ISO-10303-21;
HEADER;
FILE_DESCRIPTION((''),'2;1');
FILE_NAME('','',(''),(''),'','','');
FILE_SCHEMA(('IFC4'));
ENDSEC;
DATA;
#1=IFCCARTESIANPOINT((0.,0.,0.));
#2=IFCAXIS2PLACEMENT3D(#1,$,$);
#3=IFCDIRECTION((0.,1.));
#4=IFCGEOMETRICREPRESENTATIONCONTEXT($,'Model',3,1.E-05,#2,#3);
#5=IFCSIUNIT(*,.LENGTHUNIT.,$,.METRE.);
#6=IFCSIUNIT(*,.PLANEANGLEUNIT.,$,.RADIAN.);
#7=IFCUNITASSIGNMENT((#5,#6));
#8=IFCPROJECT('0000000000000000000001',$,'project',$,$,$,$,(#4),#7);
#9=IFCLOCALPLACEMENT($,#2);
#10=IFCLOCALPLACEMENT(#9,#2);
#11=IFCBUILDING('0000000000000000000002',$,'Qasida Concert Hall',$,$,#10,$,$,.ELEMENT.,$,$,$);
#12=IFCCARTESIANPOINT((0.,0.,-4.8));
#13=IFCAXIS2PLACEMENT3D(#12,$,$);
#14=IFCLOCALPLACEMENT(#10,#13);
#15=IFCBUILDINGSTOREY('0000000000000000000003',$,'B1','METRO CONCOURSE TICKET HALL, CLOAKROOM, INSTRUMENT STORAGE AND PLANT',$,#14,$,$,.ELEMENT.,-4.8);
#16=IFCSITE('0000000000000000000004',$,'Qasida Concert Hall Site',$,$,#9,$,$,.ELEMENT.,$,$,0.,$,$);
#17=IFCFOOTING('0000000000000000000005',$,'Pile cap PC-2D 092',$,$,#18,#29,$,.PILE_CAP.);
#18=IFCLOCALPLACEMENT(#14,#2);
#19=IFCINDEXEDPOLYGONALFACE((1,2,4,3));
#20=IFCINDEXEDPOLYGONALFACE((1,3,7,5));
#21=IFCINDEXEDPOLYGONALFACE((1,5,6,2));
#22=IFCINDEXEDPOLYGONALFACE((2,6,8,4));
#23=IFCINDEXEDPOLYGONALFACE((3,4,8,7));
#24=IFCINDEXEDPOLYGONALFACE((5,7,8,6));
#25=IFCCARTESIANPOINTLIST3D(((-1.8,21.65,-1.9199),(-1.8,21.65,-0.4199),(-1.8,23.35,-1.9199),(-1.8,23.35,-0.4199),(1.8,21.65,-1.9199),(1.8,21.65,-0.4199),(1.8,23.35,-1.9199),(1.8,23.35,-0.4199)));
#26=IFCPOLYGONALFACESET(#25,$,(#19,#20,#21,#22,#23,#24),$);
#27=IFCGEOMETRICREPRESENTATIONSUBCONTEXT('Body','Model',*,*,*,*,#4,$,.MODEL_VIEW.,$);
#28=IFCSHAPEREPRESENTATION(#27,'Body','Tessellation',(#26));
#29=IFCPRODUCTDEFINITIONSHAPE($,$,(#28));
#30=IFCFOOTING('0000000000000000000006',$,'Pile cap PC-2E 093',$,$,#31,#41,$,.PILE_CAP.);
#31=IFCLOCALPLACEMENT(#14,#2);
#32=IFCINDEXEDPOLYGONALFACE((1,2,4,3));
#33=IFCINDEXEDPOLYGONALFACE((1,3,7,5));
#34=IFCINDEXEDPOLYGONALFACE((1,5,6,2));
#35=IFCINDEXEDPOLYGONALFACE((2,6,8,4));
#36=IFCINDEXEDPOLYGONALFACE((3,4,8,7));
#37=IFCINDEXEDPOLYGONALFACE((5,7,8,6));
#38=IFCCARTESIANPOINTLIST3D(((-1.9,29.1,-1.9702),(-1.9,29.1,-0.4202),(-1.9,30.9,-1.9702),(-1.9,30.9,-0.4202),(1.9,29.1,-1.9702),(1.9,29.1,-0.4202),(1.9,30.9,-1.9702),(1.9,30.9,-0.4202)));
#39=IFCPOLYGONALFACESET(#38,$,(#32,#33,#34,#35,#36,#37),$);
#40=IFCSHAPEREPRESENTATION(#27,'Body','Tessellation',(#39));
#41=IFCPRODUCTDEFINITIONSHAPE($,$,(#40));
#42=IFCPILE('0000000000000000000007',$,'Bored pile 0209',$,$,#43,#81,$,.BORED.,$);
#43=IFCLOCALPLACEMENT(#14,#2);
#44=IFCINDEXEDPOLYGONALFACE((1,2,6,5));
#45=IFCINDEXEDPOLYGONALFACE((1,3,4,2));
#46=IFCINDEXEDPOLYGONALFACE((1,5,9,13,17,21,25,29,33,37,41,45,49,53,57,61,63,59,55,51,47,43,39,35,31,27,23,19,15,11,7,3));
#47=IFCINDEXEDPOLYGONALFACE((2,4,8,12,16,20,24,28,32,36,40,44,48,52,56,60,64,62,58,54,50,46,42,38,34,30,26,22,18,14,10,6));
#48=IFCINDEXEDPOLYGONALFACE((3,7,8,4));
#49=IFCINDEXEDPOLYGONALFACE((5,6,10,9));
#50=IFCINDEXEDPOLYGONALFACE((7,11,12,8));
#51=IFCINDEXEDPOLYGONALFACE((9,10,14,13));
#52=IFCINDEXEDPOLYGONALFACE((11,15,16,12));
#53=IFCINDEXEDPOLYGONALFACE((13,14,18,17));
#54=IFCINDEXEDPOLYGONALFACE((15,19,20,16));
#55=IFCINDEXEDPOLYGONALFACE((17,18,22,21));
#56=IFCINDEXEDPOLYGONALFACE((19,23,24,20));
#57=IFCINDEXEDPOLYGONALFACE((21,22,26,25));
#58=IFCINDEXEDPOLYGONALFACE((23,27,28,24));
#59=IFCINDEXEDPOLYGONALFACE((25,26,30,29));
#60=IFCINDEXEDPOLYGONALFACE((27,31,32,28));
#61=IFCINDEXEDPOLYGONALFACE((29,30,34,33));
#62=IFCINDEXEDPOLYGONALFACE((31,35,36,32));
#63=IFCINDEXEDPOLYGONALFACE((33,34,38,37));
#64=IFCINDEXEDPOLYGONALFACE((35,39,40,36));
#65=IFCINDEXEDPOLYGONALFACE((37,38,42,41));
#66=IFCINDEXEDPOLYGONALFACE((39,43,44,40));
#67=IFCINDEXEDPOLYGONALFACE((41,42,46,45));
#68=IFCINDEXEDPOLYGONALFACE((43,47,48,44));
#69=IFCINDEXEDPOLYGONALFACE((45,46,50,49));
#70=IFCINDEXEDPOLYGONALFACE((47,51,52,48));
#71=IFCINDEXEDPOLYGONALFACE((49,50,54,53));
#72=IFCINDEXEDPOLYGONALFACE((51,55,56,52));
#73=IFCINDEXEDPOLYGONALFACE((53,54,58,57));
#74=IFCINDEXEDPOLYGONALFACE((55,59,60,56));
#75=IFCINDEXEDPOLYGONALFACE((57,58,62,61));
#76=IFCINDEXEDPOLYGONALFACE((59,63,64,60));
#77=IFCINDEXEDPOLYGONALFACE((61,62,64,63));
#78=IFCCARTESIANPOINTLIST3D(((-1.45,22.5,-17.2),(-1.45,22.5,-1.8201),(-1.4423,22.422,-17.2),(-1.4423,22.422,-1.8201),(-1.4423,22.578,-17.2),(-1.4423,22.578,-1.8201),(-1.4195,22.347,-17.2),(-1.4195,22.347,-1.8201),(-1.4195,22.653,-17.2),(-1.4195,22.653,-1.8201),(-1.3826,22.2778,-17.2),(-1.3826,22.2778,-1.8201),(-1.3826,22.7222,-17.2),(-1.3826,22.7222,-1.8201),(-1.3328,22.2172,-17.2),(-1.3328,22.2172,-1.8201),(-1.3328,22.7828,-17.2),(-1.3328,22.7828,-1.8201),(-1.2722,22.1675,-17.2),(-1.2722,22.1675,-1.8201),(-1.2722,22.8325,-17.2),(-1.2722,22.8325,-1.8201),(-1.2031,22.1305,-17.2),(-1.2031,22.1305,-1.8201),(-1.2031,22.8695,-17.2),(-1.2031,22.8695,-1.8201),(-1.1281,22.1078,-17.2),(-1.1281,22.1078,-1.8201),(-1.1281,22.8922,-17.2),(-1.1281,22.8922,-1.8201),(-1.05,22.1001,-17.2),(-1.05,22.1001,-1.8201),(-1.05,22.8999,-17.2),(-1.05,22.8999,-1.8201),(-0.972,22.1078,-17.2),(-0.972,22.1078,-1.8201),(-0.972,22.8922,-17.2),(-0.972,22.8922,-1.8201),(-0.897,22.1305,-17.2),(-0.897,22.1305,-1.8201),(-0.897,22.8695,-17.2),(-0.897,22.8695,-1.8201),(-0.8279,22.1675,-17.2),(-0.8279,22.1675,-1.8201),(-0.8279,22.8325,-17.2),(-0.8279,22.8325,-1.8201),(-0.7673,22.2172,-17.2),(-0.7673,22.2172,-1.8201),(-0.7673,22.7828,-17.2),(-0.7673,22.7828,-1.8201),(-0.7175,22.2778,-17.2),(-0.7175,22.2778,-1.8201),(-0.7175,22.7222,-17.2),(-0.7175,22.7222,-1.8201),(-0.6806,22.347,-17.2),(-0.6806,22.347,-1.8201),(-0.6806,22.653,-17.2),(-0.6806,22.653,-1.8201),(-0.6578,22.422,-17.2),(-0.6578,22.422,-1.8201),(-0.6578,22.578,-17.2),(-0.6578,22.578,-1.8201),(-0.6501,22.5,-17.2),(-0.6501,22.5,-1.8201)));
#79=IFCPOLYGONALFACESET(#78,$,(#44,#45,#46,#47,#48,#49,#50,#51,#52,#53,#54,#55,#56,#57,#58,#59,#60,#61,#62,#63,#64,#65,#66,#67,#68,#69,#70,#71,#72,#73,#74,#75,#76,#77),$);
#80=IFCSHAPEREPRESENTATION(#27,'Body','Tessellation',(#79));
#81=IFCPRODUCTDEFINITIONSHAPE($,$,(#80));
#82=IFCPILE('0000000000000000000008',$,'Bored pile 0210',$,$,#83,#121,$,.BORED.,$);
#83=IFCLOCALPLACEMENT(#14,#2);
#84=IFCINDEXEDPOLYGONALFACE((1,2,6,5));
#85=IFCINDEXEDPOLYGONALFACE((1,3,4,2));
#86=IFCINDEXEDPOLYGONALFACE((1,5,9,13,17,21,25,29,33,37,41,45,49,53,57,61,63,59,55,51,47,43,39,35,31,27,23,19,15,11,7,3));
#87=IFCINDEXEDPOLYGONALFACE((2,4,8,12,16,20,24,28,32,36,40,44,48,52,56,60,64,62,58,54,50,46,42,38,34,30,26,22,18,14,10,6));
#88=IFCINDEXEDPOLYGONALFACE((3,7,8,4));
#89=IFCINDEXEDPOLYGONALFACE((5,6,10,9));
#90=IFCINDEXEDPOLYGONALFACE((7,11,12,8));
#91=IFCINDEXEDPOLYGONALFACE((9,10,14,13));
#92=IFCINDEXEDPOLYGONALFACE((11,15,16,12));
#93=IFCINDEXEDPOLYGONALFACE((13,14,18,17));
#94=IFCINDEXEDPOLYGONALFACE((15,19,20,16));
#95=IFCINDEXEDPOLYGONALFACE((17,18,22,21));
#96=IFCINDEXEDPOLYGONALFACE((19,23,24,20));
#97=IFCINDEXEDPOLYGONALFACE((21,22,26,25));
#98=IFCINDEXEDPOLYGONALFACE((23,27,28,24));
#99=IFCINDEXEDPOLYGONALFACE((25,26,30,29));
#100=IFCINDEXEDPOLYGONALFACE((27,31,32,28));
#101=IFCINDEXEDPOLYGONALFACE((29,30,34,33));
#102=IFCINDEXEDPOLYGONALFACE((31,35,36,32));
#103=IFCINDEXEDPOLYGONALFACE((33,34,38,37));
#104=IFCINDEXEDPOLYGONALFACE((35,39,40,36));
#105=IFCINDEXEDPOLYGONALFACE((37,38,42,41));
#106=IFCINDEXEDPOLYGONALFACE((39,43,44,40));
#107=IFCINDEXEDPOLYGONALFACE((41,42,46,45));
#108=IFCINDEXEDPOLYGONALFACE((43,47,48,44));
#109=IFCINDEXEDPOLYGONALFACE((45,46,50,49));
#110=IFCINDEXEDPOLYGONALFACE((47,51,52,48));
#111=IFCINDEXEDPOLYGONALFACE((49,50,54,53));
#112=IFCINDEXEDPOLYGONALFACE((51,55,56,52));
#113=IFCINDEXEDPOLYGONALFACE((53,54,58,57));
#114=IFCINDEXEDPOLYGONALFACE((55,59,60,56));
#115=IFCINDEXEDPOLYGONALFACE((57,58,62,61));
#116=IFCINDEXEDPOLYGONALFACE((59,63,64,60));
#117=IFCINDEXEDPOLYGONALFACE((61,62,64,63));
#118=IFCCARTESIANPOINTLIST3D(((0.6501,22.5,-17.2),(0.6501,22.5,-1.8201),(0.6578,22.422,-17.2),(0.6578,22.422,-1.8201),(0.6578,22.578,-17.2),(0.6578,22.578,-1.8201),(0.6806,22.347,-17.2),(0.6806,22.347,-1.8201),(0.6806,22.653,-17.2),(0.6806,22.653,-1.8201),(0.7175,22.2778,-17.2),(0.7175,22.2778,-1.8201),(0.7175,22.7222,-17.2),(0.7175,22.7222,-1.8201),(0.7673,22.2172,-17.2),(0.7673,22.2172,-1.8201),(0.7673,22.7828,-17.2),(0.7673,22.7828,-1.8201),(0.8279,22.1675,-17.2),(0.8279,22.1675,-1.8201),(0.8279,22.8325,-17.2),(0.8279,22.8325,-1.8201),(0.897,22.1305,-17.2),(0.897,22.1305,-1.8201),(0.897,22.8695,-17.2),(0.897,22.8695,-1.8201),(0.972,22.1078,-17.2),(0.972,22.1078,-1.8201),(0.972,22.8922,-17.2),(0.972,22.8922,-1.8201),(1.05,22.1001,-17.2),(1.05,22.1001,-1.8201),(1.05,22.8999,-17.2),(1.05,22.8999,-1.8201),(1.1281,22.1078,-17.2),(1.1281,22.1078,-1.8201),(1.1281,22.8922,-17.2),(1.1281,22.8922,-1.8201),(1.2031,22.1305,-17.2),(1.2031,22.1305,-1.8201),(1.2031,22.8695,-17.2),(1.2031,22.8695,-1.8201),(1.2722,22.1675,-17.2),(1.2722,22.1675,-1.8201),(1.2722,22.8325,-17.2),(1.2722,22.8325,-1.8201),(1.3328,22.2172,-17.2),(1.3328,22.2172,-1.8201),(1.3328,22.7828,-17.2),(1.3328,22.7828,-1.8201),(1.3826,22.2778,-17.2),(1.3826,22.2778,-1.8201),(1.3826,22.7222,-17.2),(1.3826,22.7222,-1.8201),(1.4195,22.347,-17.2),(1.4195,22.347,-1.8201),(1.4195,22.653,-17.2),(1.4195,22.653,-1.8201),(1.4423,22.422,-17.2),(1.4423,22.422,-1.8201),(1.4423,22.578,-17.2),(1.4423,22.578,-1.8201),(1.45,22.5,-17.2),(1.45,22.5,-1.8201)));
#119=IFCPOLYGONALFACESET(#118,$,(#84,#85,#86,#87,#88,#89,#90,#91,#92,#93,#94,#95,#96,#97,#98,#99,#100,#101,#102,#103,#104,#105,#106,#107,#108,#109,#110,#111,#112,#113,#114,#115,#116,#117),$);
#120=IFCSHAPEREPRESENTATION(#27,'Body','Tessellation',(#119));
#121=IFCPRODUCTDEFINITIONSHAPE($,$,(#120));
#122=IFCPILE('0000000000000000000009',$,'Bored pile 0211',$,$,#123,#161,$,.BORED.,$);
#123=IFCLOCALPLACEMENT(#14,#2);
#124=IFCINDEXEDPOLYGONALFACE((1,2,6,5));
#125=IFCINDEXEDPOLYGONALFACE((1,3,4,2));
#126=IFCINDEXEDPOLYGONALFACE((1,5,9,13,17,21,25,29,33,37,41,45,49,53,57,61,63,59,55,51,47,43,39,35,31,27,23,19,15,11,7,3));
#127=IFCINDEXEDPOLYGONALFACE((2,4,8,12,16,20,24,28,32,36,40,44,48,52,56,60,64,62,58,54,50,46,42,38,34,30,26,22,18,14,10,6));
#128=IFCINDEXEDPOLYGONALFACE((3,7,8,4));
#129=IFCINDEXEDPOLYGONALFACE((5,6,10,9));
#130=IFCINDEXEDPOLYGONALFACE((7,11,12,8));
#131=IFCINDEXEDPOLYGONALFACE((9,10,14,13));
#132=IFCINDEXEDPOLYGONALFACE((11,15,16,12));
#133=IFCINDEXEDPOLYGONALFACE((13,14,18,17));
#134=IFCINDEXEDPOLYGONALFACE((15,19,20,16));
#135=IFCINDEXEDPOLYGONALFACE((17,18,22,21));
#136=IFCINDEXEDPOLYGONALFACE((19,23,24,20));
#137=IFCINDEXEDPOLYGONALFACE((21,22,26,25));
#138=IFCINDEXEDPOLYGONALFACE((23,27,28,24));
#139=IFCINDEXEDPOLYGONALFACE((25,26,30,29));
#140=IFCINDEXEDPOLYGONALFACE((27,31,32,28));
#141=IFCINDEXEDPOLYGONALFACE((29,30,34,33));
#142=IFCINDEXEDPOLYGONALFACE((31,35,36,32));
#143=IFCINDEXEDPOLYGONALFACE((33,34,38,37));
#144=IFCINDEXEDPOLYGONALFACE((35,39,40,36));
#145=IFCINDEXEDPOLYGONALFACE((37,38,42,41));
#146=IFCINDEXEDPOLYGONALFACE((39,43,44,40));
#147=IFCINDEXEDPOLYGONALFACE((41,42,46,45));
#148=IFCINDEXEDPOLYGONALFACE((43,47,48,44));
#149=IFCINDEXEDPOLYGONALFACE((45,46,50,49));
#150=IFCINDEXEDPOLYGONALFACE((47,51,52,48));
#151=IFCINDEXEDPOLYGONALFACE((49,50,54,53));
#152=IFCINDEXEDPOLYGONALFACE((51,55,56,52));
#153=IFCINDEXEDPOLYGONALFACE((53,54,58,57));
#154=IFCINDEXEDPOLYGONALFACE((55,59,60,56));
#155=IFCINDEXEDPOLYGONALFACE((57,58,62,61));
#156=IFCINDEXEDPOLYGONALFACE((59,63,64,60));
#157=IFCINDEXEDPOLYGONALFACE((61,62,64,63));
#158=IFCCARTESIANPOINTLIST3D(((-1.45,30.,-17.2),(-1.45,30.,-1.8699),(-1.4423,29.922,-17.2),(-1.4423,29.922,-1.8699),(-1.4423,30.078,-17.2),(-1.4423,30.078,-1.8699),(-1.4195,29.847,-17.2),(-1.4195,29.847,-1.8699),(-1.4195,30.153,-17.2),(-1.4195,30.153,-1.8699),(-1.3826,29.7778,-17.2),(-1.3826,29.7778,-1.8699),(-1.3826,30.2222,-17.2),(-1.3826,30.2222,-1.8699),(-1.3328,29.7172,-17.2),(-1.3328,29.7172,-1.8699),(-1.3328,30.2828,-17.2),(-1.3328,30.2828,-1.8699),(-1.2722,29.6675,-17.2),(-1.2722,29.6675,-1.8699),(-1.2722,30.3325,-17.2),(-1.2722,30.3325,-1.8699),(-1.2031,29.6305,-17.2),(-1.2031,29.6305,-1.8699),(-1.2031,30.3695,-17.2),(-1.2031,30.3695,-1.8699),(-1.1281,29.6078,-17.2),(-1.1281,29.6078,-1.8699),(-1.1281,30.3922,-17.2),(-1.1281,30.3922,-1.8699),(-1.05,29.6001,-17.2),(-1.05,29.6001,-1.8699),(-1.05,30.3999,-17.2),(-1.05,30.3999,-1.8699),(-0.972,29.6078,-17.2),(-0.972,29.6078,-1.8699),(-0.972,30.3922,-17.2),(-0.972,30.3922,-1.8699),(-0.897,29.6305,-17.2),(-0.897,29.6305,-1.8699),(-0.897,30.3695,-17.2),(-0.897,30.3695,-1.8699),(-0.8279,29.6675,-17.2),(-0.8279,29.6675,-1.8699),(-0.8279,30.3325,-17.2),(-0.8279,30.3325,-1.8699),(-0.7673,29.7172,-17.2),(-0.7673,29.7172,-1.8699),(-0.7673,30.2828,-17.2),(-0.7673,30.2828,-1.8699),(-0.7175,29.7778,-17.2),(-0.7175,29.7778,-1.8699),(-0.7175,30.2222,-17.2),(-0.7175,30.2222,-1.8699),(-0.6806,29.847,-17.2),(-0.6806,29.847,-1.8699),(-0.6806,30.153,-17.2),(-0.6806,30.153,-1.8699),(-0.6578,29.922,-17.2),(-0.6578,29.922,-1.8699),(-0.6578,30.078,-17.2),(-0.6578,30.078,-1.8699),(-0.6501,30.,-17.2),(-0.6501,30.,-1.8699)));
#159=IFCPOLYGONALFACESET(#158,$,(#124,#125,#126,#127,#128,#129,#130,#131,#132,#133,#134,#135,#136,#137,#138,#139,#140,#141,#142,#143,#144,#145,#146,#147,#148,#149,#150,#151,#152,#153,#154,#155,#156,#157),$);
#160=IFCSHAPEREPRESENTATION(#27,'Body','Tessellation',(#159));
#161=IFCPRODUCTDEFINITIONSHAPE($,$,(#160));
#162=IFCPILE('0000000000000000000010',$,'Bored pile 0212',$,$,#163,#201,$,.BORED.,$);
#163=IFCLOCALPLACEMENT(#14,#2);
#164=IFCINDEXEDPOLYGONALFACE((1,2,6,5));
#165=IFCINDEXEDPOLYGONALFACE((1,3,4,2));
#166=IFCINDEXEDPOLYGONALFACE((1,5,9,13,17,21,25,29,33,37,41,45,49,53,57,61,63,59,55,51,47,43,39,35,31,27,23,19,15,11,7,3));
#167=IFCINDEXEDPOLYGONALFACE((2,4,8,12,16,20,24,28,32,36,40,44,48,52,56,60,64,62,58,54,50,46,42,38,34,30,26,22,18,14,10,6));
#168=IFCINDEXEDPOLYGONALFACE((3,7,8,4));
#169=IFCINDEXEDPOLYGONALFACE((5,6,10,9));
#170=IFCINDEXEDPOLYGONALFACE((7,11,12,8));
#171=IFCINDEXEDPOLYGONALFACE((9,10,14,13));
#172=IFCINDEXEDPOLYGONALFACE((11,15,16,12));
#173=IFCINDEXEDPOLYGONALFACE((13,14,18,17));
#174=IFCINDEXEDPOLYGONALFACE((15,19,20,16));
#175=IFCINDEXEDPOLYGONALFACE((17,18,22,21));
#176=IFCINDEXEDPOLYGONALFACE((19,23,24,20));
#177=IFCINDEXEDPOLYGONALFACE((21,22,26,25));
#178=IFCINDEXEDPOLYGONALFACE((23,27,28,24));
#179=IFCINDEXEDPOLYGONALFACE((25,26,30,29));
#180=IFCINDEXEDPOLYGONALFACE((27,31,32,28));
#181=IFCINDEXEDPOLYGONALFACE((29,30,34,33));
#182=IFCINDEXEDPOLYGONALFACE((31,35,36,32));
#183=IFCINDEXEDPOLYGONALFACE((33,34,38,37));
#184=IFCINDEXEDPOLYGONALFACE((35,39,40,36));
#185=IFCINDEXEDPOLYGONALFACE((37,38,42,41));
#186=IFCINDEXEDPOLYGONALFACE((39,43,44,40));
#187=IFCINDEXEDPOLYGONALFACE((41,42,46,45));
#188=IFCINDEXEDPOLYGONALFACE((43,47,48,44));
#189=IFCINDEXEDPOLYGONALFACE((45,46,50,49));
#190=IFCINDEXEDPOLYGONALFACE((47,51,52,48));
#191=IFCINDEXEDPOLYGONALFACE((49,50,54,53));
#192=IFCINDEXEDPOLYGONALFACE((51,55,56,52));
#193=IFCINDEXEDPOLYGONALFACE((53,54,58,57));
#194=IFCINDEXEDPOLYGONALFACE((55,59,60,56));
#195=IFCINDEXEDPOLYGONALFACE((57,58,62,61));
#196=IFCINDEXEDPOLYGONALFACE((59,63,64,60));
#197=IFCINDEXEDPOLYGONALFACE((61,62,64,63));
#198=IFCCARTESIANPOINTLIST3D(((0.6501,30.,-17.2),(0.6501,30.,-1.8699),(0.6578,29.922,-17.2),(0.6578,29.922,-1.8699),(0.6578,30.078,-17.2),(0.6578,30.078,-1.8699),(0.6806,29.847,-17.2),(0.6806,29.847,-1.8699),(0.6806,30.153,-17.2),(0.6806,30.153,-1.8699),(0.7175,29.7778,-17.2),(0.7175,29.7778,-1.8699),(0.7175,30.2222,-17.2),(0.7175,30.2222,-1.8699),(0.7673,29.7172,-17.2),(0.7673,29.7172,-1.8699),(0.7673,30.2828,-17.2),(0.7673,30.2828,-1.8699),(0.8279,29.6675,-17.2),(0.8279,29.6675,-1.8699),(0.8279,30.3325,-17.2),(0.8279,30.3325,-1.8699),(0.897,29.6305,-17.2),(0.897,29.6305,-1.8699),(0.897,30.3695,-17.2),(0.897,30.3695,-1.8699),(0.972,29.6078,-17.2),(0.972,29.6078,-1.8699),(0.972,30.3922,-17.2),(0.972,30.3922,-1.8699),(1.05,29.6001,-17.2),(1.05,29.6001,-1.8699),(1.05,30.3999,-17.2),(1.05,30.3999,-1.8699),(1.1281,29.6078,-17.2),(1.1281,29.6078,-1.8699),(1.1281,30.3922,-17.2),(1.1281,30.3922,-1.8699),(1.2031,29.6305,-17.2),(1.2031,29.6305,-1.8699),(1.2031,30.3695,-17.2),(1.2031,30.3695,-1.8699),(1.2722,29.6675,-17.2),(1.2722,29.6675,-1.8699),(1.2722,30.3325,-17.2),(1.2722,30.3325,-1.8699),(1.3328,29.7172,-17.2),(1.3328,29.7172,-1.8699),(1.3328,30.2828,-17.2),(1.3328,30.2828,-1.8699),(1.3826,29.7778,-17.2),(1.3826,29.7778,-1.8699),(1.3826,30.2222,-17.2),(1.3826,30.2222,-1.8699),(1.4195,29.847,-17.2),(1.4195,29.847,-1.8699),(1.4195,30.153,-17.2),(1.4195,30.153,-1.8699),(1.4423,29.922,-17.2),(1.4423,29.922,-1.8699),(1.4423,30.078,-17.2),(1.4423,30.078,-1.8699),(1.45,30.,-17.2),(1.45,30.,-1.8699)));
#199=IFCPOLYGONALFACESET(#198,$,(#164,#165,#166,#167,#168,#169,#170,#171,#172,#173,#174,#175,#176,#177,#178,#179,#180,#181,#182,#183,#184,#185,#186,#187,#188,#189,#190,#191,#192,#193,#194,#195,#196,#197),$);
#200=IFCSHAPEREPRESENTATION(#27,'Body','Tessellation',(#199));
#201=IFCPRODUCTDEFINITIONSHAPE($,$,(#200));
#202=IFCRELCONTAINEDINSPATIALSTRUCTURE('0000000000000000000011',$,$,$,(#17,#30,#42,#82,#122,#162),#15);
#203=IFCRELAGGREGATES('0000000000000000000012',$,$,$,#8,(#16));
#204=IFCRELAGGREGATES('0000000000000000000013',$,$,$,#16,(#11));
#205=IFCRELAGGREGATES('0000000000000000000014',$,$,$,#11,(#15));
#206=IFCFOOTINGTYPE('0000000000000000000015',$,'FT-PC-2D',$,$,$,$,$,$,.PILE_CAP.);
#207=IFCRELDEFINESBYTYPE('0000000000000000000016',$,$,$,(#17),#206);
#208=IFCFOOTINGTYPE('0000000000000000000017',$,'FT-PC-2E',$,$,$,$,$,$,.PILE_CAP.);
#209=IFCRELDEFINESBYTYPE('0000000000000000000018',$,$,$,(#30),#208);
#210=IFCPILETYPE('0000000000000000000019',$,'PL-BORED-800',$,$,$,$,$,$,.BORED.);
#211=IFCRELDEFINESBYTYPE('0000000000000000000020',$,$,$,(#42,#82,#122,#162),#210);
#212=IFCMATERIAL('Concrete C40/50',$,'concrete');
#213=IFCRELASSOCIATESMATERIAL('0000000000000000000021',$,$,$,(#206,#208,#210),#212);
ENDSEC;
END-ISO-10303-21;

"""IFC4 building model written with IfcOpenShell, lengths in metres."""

from ifc_helpers import new_model, si_unit, direction, frame, origin, origin_2d, place, context, subcontext, project, spatial, rectangle, circle, extrude, material, material_profile, profile_set, type_object, element, save


model = new_model("IFC4")

# Units and contexts
model_context = context("Model", 3, precision=1e-05, world=origin(), true_north=direction((0.0, 1.0)))
body_context = subcontext(model_context, "Body", "Model", "MODEL_VIEW")
ifc_project = project(units=[si_unit("LENGTHUNIT", "METRE"), si_unit("PLANEANGLEUNIT", "RADIAN")], contexts=[model_context])

# Site, building, storey
site_placement = place(None, origin())
site = spatial("IfcSite", under=ifc_project, at=site_placement, Name="Qasida Concert Hall Site", CompositionType="ELEMENT", RefElevation=0.0)
building_placement = place(site_placement, origin())
building = spatial("IfcBuilding", under=site, at=building_placement, Name="Qasida Concert Hall", CompositionType="ELEMENT")
storey_placement = place(building_placement, frame((0.0, 0.0, -4.8)))
storey = spatial("IfcBuildingStorey", under=building, at=storey_placement, Name="B1", Description="METRO CONCOURSE TICKET HALL, CLOAKROOM, INSTRUMENT STORAGE AND PLANT", CompositionType="ELEMENT", Elevation=-4.8)

# Footings
ifc_material_1 = material(Name="Concrete C40/50", Category="concrete")
footing_type_1 = type_object("IfcFootingType", Name="FT-PC-2D", PredefinedType="PILE_CAP", material=ifc_material_1)
footing_1_placement = place(storey_placement, frame((0.0, 22.5, -1.9199), z_axis=(0.0, 0.0, 1.0), x_axis=(1.0, 0.0, 0.0)))
element("IfcFooting", 1, at=footing_1_placement, inside=storey, type_object=footing_type_1, Name="Pile cap PC-2D 092", PredefinedType="PILE_CAP", context=body_context, shape_type="SweptSolid", body=[
    extrude(rectangle(XDim=3.6001, YDim=1.7, at=origin_2d()), origin(), (0.0, 0.0, 1.0), 1.5),
])
footing_type_2 = type_object("IfcFootingType", Name="FT-PC-2E", PredefinedType="PILE_CAP", material=ifc_material_1)
footing_2_placement = place(storey_placement, frame((0.0, 30.0, -1.9702), z_axis=(0.0, 0.0, 1.0), x_axis=(1.0, 0.0, 0.0)))
element("IfcFooting", 2, at=footing_2_placement, inside=storey, type_object=footing_type_2, Name="Pile cap PC-2E 093", PredefinedType="PILE_CAP", context=body_context, shape_type="SweptSolid", body=[
    extrude(rectangle(XDim=3.8, YDim=1.8, at=origin_2d()), origin(), (0.0, 0.0, 1.0), 1.55),
])

# Piles
ifc_material_profile_1 = material_profile(ifc_material_1, circle(Radius=0.3999, at=origin_2d()), Name="BORED PILE D800")
ifc_profile_set_1 = profile_set([ifc_material_profile_1], Name="Concrete C40/50")
pile_type = type_object("IfcPileType", Name="PL-BORED-800", PredefinedType="BORED", material=ifc_profile_set_1)
for number, where, z_axis, x_axis, name in (
    (3, (-1.05, 22.5, -1.8201), (0.0, 0.0, -1.0), (1.0, 0.0, 0.0), "Bored pile 0209"),
    (4, (1.05, 22.5, -1.8201), (0.0, 0.0, -1.0), (1.0, 0.0, 0.0), "Bored pile 0210"),
):
    element("IfcPile", number, at=place(storey_placement, frame(where, z_axis=z_axis, x_axis=x_axis)), inside=storey, type_object=pile_type, Name=name, PredefinedType="BORED", context=body_context, shape_type="SweptSolid", body=[
        extrude(circle(Radius=0.3999, at=origin_2d()), origin(), (0.0, 0.0, 1.0), 15.3799),
    ])
for number, where, z_axis, x_axis, name in (
    (5, (-1.05, 30.0, -1.8699), (0.0, 0.0, -1.0), (1.0, 0.0, 0.0), "Bored pile 0211"),
    (6, (1.05, 30.0, -1.8699), (0.0, 0.0, -1.0), (1.0, 0.0, 0.0), "Bored pile 0212"),
):
    element("IfcPile", number, at=place(storey_placement, frame(where, z_axis=z_axis, x_axis=x_axis)), inside=storey, type_object=pile_type, Name=name, PredefinedType="BORED", context=body_context, shape_type="SweptSolid", body=[
        extrude(circle(Radius=0.3999, at=origin_2d()), origin(), (0.0, 0.0, 1.0), 15.3301),
    ])

save(model, "model.ifc")
